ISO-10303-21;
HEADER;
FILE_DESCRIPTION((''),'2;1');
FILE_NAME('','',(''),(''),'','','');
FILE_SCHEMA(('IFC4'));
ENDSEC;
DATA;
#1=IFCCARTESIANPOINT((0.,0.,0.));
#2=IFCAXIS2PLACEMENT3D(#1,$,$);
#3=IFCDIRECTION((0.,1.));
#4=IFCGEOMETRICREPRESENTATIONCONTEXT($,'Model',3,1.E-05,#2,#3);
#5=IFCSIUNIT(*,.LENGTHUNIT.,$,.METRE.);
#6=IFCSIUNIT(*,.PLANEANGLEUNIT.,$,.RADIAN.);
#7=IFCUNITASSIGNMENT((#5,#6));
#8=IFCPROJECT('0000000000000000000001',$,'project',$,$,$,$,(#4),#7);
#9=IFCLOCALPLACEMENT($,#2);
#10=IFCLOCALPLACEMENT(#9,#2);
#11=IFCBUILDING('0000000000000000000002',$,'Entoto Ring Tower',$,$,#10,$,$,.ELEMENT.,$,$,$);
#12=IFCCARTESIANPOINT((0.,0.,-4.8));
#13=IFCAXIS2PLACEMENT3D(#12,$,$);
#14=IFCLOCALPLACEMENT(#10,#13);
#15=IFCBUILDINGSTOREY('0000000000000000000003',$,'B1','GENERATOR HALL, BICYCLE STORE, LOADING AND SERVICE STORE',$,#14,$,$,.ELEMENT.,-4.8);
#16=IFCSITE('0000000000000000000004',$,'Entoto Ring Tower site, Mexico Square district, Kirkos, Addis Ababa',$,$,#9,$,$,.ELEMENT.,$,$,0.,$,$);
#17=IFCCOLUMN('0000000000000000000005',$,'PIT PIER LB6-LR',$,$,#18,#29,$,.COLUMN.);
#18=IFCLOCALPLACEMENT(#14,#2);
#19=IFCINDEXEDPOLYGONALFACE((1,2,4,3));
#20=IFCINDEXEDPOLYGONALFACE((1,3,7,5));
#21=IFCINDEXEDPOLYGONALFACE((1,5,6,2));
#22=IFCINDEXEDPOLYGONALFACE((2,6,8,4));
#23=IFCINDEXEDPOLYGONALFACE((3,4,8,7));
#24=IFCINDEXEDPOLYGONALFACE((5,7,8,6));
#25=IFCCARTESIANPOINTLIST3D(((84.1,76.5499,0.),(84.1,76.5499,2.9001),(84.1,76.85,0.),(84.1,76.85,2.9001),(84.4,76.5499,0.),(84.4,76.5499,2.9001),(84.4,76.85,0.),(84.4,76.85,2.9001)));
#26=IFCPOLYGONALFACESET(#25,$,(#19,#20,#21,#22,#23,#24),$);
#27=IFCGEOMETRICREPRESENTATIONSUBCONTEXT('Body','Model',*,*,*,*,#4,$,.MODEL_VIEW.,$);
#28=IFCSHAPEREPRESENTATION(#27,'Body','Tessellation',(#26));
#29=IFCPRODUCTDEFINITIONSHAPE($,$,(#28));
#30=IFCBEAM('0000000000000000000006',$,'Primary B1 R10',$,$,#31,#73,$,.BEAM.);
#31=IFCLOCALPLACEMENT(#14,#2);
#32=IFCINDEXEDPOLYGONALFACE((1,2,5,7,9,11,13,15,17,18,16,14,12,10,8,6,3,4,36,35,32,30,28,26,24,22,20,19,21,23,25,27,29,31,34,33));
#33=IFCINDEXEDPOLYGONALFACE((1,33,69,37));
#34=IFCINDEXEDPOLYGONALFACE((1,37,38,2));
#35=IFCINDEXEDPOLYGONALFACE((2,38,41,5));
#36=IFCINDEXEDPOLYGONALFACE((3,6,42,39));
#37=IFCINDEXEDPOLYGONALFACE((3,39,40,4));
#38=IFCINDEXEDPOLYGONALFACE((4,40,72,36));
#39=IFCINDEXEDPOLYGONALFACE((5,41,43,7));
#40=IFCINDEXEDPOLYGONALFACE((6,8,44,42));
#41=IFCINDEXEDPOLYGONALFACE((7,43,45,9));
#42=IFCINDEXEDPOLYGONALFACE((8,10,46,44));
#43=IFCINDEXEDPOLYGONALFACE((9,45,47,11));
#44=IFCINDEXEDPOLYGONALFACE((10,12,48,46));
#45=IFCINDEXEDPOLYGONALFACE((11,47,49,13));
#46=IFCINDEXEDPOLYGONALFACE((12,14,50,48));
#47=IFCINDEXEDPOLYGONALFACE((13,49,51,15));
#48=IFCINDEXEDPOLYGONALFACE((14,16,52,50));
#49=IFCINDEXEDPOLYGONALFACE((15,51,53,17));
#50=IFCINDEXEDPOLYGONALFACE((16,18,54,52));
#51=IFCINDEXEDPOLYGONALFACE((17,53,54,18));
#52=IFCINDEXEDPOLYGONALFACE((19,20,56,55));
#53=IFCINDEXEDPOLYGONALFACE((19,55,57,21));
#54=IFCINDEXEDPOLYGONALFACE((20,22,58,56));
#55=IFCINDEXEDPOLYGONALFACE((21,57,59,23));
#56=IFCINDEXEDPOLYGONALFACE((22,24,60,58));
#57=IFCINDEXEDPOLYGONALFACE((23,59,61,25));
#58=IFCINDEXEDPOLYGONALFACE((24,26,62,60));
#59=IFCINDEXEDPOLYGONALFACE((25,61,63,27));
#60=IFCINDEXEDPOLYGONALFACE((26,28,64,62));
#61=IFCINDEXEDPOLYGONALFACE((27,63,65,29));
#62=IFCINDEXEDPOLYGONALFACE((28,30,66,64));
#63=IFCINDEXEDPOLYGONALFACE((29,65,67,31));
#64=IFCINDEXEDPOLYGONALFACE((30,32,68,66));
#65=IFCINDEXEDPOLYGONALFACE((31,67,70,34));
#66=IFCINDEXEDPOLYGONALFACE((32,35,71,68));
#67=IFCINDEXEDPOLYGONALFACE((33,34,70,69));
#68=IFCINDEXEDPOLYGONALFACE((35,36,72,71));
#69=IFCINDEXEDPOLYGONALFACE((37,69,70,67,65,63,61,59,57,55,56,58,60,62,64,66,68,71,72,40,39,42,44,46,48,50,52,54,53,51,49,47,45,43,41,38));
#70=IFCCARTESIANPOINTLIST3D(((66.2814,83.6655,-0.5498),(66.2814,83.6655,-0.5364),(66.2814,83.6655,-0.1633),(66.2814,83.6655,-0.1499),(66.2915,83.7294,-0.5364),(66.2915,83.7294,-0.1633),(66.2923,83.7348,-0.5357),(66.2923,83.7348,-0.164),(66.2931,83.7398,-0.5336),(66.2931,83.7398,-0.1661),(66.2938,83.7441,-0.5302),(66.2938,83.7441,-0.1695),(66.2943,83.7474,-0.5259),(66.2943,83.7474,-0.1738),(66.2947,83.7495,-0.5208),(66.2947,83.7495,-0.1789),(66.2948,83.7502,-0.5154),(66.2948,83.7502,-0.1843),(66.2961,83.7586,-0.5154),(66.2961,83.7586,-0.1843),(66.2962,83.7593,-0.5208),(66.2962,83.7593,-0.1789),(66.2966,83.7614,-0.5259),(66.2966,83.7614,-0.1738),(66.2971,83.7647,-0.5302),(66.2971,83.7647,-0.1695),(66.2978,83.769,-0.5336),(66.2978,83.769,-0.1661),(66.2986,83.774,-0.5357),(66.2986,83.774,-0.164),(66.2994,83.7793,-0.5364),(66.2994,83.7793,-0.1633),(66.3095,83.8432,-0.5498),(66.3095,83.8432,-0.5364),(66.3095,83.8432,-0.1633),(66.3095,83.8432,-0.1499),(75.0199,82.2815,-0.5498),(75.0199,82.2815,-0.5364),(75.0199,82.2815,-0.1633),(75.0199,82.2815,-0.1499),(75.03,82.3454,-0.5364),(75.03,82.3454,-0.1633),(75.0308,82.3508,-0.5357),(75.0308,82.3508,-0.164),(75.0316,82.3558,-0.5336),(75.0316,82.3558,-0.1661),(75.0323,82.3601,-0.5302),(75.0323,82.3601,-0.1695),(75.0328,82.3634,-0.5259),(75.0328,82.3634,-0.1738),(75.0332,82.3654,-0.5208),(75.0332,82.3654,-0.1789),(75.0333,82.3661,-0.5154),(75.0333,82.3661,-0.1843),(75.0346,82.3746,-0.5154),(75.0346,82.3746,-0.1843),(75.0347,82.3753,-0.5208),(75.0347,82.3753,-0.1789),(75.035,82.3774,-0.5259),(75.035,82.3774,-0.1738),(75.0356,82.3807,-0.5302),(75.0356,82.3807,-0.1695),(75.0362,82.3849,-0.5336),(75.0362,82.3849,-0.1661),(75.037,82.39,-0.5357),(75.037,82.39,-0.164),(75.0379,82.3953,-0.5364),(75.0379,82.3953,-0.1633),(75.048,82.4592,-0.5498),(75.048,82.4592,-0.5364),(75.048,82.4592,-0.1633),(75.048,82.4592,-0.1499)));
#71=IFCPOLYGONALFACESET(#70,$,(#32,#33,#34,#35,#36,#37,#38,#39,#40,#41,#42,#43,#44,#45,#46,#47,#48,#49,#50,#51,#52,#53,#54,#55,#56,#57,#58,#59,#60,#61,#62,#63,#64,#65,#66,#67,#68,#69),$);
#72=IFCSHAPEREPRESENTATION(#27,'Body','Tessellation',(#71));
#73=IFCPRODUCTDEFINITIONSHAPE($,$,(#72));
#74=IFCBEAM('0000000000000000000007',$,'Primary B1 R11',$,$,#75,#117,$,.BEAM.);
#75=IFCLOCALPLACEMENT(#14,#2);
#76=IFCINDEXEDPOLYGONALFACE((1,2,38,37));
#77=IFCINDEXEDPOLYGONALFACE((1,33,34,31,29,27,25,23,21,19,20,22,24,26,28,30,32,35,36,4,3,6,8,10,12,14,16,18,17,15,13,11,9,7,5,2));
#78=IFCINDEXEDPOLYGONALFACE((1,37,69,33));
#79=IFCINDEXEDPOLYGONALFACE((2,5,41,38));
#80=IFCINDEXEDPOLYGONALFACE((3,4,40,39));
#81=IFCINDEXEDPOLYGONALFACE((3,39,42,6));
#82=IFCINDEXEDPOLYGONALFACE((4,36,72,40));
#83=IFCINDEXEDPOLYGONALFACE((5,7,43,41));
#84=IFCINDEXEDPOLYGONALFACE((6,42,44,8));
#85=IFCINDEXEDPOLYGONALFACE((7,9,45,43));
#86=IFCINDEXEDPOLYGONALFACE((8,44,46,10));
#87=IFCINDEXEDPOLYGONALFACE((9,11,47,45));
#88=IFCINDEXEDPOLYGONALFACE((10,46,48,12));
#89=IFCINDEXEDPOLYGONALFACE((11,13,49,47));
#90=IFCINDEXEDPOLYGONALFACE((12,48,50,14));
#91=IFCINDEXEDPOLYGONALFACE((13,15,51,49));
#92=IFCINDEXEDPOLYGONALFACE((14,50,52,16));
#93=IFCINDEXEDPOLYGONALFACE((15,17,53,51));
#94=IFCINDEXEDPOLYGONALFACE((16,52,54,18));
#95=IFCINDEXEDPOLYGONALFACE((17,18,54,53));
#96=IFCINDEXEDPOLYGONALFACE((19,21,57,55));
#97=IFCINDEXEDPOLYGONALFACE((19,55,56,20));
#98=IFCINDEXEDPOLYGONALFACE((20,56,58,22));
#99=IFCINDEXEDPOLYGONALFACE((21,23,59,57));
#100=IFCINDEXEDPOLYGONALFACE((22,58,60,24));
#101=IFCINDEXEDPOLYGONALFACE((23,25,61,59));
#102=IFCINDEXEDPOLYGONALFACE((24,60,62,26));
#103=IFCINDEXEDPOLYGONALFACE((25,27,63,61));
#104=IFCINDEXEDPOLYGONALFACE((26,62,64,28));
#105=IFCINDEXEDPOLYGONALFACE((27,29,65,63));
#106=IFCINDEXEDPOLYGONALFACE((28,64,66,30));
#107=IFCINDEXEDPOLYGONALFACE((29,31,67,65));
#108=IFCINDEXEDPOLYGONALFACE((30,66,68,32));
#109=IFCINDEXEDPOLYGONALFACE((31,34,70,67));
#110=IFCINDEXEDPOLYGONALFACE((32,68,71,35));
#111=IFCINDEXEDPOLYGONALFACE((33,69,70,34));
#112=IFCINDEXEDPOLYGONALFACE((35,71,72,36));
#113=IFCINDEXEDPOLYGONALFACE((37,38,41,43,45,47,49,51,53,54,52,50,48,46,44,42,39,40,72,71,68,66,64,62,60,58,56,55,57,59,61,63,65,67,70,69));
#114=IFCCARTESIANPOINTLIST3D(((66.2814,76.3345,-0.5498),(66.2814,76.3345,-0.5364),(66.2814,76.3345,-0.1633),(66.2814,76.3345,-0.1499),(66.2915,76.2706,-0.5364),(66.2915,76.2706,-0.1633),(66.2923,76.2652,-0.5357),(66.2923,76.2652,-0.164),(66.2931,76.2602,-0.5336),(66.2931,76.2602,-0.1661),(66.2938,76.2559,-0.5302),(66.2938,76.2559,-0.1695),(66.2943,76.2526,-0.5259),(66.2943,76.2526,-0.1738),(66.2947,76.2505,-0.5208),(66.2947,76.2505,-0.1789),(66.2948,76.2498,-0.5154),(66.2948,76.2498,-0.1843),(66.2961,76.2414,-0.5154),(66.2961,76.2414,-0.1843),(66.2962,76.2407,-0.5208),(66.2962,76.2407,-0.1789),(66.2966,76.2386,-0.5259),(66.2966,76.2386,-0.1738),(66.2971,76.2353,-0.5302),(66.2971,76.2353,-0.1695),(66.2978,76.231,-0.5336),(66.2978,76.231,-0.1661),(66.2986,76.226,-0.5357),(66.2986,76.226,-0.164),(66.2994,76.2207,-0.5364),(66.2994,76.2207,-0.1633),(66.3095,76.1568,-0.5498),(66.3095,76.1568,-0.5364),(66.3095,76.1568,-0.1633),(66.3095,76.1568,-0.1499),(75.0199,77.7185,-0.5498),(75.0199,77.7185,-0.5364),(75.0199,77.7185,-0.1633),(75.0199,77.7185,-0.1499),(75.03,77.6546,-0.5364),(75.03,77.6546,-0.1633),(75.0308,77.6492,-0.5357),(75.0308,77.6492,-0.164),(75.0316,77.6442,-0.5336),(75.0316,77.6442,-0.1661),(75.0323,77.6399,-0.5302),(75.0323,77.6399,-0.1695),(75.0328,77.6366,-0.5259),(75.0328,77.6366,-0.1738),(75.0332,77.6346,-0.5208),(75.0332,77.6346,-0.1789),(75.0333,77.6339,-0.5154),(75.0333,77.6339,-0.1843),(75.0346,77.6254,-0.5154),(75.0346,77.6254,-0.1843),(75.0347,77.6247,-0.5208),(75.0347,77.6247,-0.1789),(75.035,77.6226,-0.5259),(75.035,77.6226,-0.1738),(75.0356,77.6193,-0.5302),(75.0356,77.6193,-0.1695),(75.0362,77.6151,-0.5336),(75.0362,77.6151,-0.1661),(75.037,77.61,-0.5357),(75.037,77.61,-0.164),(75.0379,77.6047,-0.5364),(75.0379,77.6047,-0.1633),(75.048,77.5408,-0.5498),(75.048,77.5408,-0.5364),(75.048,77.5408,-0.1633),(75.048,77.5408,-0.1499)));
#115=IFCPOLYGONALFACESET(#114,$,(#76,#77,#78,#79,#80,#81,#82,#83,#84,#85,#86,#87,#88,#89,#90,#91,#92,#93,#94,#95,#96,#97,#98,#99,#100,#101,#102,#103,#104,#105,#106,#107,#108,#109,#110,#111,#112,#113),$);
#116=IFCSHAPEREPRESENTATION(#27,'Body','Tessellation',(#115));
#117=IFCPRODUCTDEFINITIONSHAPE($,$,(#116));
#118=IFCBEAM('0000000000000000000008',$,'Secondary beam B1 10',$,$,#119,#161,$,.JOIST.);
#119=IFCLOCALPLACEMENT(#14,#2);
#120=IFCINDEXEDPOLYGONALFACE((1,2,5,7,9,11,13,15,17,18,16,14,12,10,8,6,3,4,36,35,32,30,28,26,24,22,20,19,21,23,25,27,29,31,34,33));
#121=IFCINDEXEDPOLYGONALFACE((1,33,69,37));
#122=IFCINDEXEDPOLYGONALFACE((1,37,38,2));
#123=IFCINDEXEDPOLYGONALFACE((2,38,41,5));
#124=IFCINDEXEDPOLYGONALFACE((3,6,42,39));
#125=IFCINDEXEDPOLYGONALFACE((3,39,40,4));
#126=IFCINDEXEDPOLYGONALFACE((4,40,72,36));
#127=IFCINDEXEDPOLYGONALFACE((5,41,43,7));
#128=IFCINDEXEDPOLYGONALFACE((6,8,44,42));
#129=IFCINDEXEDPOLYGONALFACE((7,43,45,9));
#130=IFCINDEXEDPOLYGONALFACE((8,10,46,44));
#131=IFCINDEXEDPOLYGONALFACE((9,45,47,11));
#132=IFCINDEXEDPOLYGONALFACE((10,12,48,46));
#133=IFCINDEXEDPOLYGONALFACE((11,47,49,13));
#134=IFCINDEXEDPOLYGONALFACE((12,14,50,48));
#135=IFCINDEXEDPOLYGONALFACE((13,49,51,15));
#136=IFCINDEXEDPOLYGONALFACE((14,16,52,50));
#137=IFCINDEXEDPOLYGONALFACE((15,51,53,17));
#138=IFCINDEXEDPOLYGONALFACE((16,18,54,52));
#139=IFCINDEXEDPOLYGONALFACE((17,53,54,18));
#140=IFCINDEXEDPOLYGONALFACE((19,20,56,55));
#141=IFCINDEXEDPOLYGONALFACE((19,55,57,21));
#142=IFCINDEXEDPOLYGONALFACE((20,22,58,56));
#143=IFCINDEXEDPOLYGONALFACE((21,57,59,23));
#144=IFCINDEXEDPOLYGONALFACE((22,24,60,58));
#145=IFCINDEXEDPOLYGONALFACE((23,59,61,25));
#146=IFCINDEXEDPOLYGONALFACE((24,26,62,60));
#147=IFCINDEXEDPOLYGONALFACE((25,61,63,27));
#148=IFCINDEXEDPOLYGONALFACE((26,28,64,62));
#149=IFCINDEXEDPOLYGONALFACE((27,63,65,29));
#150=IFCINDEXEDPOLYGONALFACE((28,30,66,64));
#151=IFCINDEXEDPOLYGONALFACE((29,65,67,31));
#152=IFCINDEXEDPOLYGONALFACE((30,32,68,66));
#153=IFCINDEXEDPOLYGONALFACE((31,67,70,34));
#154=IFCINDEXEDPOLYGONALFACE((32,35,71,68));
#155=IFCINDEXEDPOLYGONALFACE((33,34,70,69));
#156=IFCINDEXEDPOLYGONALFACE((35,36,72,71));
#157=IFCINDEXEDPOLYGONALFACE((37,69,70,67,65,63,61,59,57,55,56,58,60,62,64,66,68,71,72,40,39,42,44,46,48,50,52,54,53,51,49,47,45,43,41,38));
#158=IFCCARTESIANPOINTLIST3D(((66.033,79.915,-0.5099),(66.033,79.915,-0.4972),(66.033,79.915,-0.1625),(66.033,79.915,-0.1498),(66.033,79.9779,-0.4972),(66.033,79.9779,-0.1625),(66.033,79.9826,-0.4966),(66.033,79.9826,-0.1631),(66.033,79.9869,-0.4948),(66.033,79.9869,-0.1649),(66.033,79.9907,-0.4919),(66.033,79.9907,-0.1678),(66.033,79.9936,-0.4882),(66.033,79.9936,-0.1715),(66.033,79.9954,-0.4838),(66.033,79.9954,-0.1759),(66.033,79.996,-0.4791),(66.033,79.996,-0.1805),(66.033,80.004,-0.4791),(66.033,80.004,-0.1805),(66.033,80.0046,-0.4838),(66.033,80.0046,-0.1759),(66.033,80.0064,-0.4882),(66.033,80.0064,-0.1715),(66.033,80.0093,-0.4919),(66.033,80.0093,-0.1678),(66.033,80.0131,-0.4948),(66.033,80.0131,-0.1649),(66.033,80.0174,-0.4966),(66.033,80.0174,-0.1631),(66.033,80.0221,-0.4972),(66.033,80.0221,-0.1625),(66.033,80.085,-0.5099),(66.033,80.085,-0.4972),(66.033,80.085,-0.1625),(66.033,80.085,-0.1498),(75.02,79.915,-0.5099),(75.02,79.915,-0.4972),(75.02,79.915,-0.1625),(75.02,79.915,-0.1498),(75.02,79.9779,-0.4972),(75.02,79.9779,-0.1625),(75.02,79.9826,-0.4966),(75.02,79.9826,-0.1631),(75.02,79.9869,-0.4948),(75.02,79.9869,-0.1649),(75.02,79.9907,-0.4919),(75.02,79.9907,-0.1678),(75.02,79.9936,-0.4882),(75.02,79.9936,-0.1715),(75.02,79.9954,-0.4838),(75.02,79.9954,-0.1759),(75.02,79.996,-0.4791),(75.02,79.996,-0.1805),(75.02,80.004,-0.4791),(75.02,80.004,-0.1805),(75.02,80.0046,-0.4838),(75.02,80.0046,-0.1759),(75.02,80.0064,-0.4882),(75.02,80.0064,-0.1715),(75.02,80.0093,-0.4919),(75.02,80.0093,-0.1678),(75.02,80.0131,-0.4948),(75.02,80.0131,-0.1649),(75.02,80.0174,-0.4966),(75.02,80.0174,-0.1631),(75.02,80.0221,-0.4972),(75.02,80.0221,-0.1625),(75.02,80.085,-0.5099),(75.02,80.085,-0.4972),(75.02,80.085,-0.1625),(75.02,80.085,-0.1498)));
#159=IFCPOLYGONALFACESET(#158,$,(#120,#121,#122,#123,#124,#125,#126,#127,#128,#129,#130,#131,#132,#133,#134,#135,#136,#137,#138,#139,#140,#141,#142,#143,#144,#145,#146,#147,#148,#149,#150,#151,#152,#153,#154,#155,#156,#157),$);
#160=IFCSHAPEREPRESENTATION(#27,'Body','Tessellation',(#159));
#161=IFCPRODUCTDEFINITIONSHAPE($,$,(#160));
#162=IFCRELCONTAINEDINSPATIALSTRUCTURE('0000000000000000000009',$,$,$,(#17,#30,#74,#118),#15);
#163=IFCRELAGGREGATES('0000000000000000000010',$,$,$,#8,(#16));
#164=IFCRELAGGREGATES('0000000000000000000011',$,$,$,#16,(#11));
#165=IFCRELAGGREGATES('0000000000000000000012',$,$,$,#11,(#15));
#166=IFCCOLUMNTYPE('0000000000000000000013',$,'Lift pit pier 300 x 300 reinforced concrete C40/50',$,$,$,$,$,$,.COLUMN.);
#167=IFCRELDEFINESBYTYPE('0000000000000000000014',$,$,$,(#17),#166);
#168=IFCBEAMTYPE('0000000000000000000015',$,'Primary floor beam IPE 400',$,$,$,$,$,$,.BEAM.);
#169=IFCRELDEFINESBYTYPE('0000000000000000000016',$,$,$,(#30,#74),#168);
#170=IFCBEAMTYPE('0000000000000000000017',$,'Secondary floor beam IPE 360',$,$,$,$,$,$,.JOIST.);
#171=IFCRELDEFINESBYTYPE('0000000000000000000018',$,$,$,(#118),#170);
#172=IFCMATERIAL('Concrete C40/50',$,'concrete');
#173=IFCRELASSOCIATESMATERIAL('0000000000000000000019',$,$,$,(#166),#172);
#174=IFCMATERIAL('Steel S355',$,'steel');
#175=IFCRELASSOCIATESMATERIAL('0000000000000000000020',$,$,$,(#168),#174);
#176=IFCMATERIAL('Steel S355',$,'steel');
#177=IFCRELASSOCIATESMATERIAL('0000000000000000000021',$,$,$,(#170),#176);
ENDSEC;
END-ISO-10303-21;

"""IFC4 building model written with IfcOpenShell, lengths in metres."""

from ifc_helpers import new_model, si_unit, direction, frame, origin, origin_2d, place, context, subcontext, project, spatial, rectangle, i_section, extrude, material, material_profile, profile_set, type_object, element, save


model = new_model("IFC4")

# Units and contexts
model_context = context("Model", 3, precision=1e-05, world=origin(), true_north=direction((0.0, 1.0)))
body_context = subcontext(model_context, "Body", "Model", "MODEL_VIEW")
ifc_project = project(units=[si_unit("LENGTHUNIT", "METRE"), si_unit("PLANEANGLEUNIT", "RADIAN")], contexts=[model_context])

# Site, building, storey
site_placement = place(None, origin())
site = spatial("IfcSite", under=ifc_project, at=site_placement, Name="Entoto Ring Tower site, Mexico Square district, Kirkos, Addis Ababa", CompositionType="ELEMENT", RefElevation=0.0)
building_placement = place(site_placement, origin())
building = spatial("IfcBuilding", under=site, at=building_placement, Name="Entoto Ring Tower", CompositionType="ELEMENT")
storey_placement = place(building_placement, frame((0.0, 0.0, -4.8)))
storey = spatial("IfcBuildingStorey", under=building, at=storey_placement, Name="B1", Description="GENERATOR HALL, BICYCLE STORE, LOADING AND SERVICE STORE", CompositionType="ELEMENT", Elevation=-4.8)

# Column
ifc_material_1 = material(Name="Concrete C40/50", Category="concrete")
ifc_material_profile_1 = material_profile(ifc_material_1, rectangle(XDim=0.3, YDim=0.3, at=origin_2d()), Name="Lift pit pier 300 x 300 reinforced concrete C40/50")
ifc_profile_set_1 = profile_set([ifc_material_profile_1], Name="Concrete C40/50")
column_type = type_object("IfcColumnType", Name="Lift pit pier 300 x 300 reinforced concrete C40/50", PredefinedType="COLUMN", material=ifc_profile_set_1)
column_placement = place(storey_placement, frame((84.25, 76.7, 0.0), z_axis=(0.0, 0.0, 1.0), x_axis=(1.0, 0.0, 0.0)))
element("IfcColumn", 1, at=column_placement, inside=storey, type_object=column_type, Name="PIT PIER LB6-LR", PredefinedType="COLUMN", context=body_context, shape_type="SweptSolid", body=[
    extrude(rectangle(XDim=0.3, YDim=0.3, at=origin_2d()), origin(), (0.0, 0.0, 1.0), 2.9001),
])

# Beams
ifc_material_2 = material(Name="Steel S355", Category="steel")
ifc_material_profile_2 = material_profile(ifc_material_2, i_section(OverallWidth=0.1799, OverallDepth=0.3999, WebThickness=0.0085, FlangeThickness=0.0134, FilletRadius=0.021, at=origin_2d()), Name="IPE 400")
ifc_profile_set_2 = profile_set([ifc_material_profile_2], Name="Steel S355")
beam_type_1 = type_object("IfcBeamType", Name="Primary floor beam IPE 400", PredefinedType="BEAM", material=ifc_profile_set_2)
for number, where, z_axis, x_axis, name in (
    (2, (75.0339, 82.3704, -0.3499), (-0.987689, 0.156433, 0.0), (-0.156433, -0.987689, 0.0), "Primary B1 R10"),
    (3, (75.0339, 77.6296, -0.3499), (-0.987689, -0.156433, 0.0), (0.156433, -0.987689, 0.0), "Primary B1 R11"),
):
    element("IfcBeam", number, at=place(storey_placement, frame(where, z_axis=z_axis, x_axis=x_axis)), inside=storey, type_object=beam_type_1, Name=name, PredefinedType="BEAM", context=body_context, shape_type="SweptSolid", body=[
        extrude(i_section(OverallWidth=0.1799, OverallDepth=0.3999, WebThickness=0.0085, FlangeThickness=0.0134, FilletRadius=0.021, at=origin_2d()), origin(), (0.0, 0.0, 1.0), 8.8474),
    ])
ifc_material_3 = material(Name="Steel S355", Category="steel")
ifc_material_profile_3 = material_profile(ifc_material_3, i_section(OverallWidth=0.1699, OverallDepth=0.3601, WebThickness=0.0081, FlangeThickness=0.0127, FilletRadius=0.0181, at=origin_2d()), Name="IPE 360")
ifc_profile_set_3 = profile_set([ifc_material_profile_3], Name="Steel S355")
beam_type_2 = type_object("IfcBeamType", Name="Secondary floor beam IPE 360", PredefinedType="JOIST", material=ifc_profile_set_3)
beam_1_placement = place(storey_placement, frame((75.02, 80.0, -0.3298), z_axis=(-1.0, 0.0, 0.0), x_axis=(0.0, -1.0, 0.0)))
element("IfcBeam", 4, at=beam_1_placement, inside=storey, type_object=beam_type_2, Name="Secondary beam B1 10", PredefinedType="JOIST", context=body_context, shape_type="SweptSolid", body=[
    extrude(i_section(OverallWidth=0.1699, OverallDepth=0.3601, WebThickness=0.0081, FlangeThickness=0.0127, FilletRadius=0.0181, at=origin_2d()), origin(), (0.0, 0.0, 1.0), 8.9871),
])

save(model, "model.ifc")
